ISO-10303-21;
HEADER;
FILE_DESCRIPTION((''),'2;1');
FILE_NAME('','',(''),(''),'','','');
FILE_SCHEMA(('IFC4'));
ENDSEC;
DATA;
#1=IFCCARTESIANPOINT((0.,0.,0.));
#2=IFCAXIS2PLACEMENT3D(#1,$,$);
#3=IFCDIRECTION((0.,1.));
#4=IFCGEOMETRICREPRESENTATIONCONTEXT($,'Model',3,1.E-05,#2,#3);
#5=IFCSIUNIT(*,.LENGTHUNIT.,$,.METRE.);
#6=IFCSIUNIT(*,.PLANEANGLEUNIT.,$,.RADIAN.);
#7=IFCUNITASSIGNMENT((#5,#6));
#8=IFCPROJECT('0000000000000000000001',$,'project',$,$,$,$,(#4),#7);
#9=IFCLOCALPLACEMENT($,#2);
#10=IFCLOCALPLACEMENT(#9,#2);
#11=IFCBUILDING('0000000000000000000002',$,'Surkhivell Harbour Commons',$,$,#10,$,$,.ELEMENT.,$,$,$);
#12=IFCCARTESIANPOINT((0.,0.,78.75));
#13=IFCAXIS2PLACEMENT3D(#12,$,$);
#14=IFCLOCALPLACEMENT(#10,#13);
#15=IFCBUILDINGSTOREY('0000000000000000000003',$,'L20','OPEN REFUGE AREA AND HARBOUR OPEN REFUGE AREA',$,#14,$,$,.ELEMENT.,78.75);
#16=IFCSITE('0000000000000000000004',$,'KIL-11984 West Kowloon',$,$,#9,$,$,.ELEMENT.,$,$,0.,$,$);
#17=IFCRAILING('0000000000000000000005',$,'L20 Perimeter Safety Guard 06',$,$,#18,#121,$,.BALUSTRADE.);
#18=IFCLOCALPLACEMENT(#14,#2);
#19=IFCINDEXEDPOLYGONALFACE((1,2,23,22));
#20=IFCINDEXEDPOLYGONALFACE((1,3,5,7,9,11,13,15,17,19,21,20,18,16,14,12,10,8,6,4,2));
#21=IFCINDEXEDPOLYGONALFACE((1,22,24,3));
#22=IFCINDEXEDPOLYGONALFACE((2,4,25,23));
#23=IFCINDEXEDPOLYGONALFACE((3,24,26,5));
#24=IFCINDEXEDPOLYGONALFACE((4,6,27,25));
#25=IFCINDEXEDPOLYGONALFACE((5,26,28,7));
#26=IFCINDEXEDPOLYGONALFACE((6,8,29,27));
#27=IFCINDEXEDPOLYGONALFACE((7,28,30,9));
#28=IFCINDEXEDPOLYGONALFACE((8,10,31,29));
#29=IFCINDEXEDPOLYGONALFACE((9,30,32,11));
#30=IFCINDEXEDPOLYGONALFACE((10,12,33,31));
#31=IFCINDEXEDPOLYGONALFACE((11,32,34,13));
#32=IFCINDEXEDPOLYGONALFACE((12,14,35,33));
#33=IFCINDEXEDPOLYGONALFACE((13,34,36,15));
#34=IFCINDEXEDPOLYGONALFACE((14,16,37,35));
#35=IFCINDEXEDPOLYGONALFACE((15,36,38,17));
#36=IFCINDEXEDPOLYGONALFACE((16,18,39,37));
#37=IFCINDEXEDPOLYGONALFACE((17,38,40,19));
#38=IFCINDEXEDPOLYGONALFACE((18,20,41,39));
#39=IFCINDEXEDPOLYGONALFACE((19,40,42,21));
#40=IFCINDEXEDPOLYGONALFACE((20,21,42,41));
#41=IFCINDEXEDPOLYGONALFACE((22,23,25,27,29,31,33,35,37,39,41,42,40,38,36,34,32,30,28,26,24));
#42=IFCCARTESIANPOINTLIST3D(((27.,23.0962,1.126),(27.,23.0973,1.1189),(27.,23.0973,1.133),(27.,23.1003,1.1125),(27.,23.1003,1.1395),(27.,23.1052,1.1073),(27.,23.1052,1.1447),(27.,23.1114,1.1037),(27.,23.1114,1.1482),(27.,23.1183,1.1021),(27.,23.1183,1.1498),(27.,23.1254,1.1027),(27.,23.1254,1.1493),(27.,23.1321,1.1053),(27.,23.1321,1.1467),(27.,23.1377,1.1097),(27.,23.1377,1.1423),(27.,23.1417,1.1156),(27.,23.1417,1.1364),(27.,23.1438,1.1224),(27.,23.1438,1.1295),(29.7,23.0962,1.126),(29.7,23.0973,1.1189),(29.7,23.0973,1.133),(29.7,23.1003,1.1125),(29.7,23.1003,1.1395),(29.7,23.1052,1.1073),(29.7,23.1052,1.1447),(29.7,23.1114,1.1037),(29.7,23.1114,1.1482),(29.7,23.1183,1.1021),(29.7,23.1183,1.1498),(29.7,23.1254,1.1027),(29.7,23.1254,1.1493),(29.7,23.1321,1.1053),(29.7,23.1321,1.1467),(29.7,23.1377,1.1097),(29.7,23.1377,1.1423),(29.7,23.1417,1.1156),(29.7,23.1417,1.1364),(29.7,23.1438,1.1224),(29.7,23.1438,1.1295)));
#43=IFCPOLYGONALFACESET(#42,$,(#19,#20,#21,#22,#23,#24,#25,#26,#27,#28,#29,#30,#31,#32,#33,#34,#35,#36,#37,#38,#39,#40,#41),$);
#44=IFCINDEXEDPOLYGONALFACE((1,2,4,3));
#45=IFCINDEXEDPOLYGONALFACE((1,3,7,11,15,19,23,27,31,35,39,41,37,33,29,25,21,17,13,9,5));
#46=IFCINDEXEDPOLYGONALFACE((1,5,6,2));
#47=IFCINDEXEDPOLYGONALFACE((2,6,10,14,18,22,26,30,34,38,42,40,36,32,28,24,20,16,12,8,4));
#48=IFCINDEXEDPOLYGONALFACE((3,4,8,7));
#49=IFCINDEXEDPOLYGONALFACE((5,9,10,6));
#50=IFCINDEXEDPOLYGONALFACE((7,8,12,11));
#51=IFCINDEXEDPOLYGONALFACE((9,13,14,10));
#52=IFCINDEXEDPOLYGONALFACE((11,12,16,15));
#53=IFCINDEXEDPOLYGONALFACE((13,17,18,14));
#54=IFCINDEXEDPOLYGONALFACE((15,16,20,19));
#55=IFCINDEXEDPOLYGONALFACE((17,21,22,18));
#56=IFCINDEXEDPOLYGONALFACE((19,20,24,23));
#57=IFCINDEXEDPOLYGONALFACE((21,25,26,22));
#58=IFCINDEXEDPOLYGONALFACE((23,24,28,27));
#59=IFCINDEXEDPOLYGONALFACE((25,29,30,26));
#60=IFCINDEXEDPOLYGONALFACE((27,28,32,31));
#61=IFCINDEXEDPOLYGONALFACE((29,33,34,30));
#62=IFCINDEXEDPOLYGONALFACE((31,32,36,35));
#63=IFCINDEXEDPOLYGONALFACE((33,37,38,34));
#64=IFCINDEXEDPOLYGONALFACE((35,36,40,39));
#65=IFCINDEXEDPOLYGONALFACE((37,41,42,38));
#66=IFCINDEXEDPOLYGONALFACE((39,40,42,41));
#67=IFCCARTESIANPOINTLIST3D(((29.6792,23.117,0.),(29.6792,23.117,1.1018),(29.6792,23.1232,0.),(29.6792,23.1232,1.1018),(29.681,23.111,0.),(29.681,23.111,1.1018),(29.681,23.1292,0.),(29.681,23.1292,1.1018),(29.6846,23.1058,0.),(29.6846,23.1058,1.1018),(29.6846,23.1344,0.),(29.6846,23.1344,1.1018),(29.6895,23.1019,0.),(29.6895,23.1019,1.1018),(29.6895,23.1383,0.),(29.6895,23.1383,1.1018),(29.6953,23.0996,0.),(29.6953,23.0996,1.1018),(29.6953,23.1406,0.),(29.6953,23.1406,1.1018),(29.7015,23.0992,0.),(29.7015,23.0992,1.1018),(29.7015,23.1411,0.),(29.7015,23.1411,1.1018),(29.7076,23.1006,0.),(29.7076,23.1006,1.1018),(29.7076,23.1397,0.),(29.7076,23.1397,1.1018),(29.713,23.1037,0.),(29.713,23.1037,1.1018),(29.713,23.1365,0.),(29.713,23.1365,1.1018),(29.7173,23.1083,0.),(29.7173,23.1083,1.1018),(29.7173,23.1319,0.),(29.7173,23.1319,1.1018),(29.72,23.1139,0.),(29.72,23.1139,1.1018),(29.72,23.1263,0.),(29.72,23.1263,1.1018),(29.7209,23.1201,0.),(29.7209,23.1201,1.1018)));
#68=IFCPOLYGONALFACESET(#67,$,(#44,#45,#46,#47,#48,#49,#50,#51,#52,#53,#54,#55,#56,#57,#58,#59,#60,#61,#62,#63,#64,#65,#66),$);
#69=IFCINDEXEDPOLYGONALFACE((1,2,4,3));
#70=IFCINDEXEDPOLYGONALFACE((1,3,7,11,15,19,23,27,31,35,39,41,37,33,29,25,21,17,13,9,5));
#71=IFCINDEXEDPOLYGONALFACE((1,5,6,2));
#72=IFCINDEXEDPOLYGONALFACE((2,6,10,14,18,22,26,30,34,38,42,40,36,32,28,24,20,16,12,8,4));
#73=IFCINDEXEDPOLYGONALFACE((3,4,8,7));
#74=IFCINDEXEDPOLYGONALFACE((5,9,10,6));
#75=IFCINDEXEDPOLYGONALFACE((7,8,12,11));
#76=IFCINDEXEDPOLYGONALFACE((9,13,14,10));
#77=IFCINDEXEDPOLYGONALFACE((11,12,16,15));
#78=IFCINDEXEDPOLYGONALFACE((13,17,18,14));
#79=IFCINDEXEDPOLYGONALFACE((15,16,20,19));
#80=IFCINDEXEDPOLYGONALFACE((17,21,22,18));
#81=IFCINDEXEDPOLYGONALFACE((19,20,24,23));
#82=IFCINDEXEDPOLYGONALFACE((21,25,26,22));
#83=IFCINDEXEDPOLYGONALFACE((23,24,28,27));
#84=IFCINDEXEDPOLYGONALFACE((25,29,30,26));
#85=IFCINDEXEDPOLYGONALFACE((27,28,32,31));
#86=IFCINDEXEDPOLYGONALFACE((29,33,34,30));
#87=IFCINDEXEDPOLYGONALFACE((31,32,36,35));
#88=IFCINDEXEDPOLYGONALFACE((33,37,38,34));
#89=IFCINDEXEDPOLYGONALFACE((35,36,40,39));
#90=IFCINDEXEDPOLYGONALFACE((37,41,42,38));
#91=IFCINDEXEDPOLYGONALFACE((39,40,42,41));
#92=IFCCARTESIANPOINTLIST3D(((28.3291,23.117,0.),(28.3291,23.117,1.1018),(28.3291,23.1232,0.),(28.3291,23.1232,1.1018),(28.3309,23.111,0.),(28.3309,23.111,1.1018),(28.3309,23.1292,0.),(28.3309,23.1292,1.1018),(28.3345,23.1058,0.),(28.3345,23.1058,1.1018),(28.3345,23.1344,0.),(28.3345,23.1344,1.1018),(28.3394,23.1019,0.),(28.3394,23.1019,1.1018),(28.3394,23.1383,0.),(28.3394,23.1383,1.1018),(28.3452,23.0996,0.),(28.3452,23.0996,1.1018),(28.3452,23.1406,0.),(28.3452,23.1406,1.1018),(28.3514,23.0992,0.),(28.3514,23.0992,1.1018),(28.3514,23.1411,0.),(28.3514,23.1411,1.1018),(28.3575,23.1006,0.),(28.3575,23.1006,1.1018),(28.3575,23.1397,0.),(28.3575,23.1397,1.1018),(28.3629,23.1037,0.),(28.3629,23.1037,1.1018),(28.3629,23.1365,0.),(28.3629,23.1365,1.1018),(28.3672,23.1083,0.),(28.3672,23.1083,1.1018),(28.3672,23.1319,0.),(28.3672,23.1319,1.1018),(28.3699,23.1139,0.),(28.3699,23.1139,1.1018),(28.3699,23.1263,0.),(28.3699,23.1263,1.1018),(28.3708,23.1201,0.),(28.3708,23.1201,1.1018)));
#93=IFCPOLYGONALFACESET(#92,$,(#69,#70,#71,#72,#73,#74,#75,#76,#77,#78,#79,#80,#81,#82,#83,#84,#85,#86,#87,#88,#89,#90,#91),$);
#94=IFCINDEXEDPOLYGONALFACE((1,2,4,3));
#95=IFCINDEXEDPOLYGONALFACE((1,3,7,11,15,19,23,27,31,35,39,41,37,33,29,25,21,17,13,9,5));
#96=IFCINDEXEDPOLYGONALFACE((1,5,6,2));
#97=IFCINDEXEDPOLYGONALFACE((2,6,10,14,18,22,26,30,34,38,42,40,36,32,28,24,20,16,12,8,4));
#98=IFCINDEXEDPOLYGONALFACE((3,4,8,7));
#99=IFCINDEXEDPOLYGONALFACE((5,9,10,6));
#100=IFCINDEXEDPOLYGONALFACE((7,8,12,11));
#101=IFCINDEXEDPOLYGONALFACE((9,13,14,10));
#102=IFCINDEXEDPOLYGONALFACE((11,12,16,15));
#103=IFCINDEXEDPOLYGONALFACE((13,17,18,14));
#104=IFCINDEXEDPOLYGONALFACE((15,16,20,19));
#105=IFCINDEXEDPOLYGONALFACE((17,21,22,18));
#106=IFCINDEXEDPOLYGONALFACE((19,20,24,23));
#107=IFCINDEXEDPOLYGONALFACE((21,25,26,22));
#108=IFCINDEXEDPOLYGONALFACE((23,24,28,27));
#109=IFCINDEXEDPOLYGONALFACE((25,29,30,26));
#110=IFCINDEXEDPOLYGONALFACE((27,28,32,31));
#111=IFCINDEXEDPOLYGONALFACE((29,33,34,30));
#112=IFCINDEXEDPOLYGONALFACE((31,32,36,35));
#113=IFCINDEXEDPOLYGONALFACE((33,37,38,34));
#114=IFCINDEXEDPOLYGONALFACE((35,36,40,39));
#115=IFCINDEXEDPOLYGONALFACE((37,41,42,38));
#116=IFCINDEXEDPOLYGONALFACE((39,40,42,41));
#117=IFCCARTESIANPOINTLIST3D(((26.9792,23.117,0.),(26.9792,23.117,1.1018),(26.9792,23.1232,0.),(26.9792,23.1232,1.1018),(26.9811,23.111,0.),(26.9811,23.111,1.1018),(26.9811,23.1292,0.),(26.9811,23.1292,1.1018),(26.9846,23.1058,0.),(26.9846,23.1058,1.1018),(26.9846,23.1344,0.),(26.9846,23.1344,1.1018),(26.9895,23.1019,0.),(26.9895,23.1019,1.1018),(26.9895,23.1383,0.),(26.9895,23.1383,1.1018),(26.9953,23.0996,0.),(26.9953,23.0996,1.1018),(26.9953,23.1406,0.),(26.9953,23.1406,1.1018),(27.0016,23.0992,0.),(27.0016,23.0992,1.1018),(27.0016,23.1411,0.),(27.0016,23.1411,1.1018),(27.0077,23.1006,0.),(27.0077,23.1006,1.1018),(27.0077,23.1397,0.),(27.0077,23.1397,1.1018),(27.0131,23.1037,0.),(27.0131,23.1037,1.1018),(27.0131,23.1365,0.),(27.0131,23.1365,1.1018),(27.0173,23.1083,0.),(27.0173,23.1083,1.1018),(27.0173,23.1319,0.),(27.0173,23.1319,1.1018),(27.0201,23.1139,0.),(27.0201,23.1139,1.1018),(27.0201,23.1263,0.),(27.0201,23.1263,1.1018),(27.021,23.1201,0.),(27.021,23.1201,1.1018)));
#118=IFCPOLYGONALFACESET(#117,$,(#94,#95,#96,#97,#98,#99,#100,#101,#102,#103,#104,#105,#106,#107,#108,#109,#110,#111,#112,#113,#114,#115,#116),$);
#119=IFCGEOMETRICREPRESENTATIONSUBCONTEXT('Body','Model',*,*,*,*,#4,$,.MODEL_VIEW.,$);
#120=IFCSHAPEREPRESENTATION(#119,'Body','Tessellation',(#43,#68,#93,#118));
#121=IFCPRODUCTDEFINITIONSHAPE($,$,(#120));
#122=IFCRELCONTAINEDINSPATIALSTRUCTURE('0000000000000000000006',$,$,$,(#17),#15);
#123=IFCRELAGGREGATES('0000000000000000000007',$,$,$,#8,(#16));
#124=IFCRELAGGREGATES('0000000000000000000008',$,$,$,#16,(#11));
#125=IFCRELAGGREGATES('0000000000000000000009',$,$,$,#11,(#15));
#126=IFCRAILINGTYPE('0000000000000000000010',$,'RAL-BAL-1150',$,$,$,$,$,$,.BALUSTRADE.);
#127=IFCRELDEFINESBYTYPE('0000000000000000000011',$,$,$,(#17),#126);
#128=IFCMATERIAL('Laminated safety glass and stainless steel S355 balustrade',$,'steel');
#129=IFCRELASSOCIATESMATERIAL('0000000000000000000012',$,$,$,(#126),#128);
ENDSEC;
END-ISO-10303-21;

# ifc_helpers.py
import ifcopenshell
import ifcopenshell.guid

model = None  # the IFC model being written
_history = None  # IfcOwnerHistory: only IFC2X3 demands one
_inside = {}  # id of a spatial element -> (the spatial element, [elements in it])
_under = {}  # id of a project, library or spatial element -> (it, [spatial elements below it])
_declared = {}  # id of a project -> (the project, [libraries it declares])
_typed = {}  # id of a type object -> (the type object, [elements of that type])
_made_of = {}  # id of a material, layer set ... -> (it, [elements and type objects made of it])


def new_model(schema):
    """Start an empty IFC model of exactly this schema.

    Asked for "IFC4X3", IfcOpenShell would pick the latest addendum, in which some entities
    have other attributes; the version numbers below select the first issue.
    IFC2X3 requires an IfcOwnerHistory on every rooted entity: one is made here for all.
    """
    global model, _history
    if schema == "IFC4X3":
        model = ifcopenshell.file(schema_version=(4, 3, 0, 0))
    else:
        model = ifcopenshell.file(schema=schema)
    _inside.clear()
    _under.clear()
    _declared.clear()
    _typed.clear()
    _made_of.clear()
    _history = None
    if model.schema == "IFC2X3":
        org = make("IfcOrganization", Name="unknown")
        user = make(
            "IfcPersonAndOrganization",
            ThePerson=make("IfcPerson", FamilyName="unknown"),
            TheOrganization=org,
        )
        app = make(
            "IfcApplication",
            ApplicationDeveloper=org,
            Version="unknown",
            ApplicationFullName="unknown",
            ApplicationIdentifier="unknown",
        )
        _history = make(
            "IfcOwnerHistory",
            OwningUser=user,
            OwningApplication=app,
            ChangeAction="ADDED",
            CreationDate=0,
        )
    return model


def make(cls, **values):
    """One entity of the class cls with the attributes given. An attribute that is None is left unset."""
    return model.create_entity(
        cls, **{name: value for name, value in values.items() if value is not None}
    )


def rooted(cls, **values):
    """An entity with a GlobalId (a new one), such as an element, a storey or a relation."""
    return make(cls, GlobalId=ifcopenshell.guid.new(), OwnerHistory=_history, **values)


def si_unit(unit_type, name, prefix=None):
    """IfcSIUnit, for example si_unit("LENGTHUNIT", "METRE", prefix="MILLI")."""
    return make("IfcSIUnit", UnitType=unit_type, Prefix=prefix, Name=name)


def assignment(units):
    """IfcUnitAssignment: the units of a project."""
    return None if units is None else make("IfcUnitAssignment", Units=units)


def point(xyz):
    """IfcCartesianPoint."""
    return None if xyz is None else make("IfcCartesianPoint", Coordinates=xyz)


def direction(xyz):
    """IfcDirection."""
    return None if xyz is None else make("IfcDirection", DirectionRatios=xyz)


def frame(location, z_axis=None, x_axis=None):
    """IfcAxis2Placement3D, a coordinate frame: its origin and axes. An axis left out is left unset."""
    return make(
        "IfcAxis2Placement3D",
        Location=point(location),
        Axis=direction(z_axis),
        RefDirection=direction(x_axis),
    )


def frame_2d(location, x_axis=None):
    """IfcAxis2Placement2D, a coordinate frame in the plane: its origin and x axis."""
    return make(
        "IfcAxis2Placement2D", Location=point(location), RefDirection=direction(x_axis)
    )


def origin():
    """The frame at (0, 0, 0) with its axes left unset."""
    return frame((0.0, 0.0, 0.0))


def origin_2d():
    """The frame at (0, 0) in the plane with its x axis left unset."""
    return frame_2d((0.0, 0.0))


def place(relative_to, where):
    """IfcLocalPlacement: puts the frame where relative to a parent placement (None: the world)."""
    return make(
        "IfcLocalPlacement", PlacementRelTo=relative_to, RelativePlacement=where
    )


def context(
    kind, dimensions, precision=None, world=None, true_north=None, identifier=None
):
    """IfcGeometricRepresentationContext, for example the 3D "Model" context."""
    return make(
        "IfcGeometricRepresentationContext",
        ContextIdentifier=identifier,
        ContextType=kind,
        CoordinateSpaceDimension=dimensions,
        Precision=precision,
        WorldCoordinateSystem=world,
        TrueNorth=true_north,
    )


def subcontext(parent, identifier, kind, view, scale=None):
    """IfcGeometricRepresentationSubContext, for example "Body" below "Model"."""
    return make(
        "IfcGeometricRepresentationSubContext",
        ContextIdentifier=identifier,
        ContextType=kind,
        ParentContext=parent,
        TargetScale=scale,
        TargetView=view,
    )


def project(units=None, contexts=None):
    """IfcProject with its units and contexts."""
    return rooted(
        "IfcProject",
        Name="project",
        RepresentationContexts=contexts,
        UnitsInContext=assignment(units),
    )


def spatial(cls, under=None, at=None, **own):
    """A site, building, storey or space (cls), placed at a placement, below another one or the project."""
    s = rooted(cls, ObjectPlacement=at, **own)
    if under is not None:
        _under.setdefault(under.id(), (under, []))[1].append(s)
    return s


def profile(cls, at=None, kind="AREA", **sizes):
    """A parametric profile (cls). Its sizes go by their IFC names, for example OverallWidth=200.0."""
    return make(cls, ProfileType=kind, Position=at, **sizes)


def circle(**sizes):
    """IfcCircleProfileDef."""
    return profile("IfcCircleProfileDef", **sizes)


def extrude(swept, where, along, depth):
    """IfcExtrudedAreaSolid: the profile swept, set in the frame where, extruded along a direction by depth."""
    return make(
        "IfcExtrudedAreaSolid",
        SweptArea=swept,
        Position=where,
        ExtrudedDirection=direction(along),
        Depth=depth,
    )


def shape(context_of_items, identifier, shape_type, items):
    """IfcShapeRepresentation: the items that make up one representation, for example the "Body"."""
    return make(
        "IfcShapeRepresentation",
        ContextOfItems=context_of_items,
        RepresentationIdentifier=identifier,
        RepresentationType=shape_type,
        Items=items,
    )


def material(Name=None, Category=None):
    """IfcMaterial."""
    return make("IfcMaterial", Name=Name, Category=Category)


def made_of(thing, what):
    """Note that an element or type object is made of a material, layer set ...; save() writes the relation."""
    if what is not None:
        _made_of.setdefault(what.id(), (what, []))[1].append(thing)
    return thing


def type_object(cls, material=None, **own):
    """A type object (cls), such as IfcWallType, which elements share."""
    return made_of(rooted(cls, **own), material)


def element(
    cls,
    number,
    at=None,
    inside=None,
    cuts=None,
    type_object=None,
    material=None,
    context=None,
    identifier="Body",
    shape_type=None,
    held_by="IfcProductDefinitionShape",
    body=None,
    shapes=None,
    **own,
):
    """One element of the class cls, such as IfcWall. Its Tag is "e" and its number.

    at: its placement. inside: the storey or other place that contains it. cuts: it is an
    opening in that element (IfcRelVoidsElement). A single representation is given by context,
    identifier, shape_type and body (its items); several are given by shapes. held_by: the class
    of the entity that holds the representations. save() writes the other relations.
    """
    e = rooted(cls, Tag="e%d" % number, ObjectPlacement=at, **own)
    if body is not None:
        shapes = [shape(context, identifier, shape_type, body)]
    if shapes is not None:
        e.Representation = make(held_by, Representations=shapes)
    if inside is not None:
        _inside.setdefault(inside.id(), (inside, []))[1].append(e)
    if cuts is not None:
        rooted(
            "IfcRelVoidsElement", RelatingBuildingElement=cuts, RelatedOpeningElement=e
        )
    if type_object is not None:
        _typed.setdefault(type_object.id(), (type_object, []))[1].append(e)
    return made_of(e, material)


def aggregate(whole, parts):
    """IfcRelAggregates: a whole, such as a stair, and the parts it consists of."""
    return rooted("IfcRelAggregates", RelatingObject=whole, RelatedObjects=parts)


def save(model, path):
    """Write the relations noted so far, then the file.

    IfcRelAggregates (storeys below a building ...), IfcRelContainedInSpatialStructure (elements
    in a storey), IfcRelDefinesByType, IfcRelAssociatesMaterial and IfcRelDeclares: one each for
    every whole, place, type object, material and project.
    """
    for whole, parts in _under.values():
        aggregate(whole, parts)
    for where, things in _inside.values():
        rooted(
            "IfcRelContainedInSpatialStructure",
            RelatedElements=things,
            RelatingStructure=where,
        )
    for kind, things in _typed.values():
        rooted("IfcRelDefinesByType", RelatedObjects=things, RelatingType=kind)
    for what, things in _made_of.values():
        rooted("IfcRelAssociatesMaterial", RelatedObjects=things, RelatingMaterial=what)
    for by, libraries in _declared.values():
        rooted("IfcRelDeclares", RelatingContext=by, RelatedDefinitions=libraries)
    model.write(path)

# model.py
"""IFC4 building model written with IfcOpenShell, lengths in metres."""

from ifc_helpers import new_model, si_unit, direction, frame, origin, origin_2d, place, context, subcontext, project, spatial, circle, extrude, material, type_object, element, save


model = new_model("IFC4")

# Units and contexts
model_context = context("Model", 3, precision=1e-05, world=origin(), true_north=direction((0.0, 1.0)))
body_context = subcontext(model_context, "Body", "Model", "MODEL_VIEW")
ifc_project = project(units=[si_unit("LENGTHUNIT", "METRE"), si_unit("PLANEANGLEUNIT", "RADIAN")], contexts=[model_context])

# Site, building, storey
site_placement = place(None, origin())
site = spatial("IfcSite", under=ifc_project, at=site_placement, Name="KIL-11984 West Kowloon", CompositionType="ELEMENT", RefElevation=0.0)
building_placement = place(site_placement, origin())
building = spatial("IfcBuilding", under=site, at=building_placement, Name="Surkhivell Harbour Commons", CompositionType="ELEMENT")
storey_placement = place(building_placement, frame((0.0, 0.0, 78.75)))
storey = spatial("IfcBuildingStorey", under=building, at=storey_placement, Name="L20", Description="OPEN REFUGE AREA AND HARBOUR OPEN REFUGE AREA", CompositionType="ELEMENT", Elevation=78.75)

# Railing
ifc_material_1 = material(Name="Laminated safety glass and stainless steel S355 balustrade", Category="steel")
railing_type = type_object("IfcRailingType", Name="RAL-BAL-1150", PredefinedType="BALUSTRADE", material=ifc_material_1)
railing_1_placement = place(storey_placement, frame((29.7, 23.1201, 0.0)))
element("IfcRailing", 1, at=railing_1_placement, inside=storey, type_object=railing_type, Name="L20 Perimeter Safety Guard 06", PredefinedType="BALUSTRADE", context=body_context, shape_type="SweptSolid", body=[
    extrude(circle(Radius=0.0239, at=origin_2d()), frame((0.0, 0.0, 1.126), z_axis=(-1.0, 0.0, 0.0), x_axis=(0.0, -1.0, 0.0)), (0.0, 0.0, 1.0), 2.7),
    extrude(circle(Radius=0.021, at=origin_2d()), origin(), (0.0, 0.0, 1.0), 1.1018),
    extrude(circle(Radius=0.021, at=origin_2d()), frame((-1.3501, 0.0, 0.0)), (0.0, 0.0, 1.0), 1.1018),
    extrude(circle(Radius=0.021, at=origin_2d()), frame((-2.7, 0.0, 0.0)), (0.0, 0.0, 1.0), 1.1018),
])

save(model, "model.ifc")
